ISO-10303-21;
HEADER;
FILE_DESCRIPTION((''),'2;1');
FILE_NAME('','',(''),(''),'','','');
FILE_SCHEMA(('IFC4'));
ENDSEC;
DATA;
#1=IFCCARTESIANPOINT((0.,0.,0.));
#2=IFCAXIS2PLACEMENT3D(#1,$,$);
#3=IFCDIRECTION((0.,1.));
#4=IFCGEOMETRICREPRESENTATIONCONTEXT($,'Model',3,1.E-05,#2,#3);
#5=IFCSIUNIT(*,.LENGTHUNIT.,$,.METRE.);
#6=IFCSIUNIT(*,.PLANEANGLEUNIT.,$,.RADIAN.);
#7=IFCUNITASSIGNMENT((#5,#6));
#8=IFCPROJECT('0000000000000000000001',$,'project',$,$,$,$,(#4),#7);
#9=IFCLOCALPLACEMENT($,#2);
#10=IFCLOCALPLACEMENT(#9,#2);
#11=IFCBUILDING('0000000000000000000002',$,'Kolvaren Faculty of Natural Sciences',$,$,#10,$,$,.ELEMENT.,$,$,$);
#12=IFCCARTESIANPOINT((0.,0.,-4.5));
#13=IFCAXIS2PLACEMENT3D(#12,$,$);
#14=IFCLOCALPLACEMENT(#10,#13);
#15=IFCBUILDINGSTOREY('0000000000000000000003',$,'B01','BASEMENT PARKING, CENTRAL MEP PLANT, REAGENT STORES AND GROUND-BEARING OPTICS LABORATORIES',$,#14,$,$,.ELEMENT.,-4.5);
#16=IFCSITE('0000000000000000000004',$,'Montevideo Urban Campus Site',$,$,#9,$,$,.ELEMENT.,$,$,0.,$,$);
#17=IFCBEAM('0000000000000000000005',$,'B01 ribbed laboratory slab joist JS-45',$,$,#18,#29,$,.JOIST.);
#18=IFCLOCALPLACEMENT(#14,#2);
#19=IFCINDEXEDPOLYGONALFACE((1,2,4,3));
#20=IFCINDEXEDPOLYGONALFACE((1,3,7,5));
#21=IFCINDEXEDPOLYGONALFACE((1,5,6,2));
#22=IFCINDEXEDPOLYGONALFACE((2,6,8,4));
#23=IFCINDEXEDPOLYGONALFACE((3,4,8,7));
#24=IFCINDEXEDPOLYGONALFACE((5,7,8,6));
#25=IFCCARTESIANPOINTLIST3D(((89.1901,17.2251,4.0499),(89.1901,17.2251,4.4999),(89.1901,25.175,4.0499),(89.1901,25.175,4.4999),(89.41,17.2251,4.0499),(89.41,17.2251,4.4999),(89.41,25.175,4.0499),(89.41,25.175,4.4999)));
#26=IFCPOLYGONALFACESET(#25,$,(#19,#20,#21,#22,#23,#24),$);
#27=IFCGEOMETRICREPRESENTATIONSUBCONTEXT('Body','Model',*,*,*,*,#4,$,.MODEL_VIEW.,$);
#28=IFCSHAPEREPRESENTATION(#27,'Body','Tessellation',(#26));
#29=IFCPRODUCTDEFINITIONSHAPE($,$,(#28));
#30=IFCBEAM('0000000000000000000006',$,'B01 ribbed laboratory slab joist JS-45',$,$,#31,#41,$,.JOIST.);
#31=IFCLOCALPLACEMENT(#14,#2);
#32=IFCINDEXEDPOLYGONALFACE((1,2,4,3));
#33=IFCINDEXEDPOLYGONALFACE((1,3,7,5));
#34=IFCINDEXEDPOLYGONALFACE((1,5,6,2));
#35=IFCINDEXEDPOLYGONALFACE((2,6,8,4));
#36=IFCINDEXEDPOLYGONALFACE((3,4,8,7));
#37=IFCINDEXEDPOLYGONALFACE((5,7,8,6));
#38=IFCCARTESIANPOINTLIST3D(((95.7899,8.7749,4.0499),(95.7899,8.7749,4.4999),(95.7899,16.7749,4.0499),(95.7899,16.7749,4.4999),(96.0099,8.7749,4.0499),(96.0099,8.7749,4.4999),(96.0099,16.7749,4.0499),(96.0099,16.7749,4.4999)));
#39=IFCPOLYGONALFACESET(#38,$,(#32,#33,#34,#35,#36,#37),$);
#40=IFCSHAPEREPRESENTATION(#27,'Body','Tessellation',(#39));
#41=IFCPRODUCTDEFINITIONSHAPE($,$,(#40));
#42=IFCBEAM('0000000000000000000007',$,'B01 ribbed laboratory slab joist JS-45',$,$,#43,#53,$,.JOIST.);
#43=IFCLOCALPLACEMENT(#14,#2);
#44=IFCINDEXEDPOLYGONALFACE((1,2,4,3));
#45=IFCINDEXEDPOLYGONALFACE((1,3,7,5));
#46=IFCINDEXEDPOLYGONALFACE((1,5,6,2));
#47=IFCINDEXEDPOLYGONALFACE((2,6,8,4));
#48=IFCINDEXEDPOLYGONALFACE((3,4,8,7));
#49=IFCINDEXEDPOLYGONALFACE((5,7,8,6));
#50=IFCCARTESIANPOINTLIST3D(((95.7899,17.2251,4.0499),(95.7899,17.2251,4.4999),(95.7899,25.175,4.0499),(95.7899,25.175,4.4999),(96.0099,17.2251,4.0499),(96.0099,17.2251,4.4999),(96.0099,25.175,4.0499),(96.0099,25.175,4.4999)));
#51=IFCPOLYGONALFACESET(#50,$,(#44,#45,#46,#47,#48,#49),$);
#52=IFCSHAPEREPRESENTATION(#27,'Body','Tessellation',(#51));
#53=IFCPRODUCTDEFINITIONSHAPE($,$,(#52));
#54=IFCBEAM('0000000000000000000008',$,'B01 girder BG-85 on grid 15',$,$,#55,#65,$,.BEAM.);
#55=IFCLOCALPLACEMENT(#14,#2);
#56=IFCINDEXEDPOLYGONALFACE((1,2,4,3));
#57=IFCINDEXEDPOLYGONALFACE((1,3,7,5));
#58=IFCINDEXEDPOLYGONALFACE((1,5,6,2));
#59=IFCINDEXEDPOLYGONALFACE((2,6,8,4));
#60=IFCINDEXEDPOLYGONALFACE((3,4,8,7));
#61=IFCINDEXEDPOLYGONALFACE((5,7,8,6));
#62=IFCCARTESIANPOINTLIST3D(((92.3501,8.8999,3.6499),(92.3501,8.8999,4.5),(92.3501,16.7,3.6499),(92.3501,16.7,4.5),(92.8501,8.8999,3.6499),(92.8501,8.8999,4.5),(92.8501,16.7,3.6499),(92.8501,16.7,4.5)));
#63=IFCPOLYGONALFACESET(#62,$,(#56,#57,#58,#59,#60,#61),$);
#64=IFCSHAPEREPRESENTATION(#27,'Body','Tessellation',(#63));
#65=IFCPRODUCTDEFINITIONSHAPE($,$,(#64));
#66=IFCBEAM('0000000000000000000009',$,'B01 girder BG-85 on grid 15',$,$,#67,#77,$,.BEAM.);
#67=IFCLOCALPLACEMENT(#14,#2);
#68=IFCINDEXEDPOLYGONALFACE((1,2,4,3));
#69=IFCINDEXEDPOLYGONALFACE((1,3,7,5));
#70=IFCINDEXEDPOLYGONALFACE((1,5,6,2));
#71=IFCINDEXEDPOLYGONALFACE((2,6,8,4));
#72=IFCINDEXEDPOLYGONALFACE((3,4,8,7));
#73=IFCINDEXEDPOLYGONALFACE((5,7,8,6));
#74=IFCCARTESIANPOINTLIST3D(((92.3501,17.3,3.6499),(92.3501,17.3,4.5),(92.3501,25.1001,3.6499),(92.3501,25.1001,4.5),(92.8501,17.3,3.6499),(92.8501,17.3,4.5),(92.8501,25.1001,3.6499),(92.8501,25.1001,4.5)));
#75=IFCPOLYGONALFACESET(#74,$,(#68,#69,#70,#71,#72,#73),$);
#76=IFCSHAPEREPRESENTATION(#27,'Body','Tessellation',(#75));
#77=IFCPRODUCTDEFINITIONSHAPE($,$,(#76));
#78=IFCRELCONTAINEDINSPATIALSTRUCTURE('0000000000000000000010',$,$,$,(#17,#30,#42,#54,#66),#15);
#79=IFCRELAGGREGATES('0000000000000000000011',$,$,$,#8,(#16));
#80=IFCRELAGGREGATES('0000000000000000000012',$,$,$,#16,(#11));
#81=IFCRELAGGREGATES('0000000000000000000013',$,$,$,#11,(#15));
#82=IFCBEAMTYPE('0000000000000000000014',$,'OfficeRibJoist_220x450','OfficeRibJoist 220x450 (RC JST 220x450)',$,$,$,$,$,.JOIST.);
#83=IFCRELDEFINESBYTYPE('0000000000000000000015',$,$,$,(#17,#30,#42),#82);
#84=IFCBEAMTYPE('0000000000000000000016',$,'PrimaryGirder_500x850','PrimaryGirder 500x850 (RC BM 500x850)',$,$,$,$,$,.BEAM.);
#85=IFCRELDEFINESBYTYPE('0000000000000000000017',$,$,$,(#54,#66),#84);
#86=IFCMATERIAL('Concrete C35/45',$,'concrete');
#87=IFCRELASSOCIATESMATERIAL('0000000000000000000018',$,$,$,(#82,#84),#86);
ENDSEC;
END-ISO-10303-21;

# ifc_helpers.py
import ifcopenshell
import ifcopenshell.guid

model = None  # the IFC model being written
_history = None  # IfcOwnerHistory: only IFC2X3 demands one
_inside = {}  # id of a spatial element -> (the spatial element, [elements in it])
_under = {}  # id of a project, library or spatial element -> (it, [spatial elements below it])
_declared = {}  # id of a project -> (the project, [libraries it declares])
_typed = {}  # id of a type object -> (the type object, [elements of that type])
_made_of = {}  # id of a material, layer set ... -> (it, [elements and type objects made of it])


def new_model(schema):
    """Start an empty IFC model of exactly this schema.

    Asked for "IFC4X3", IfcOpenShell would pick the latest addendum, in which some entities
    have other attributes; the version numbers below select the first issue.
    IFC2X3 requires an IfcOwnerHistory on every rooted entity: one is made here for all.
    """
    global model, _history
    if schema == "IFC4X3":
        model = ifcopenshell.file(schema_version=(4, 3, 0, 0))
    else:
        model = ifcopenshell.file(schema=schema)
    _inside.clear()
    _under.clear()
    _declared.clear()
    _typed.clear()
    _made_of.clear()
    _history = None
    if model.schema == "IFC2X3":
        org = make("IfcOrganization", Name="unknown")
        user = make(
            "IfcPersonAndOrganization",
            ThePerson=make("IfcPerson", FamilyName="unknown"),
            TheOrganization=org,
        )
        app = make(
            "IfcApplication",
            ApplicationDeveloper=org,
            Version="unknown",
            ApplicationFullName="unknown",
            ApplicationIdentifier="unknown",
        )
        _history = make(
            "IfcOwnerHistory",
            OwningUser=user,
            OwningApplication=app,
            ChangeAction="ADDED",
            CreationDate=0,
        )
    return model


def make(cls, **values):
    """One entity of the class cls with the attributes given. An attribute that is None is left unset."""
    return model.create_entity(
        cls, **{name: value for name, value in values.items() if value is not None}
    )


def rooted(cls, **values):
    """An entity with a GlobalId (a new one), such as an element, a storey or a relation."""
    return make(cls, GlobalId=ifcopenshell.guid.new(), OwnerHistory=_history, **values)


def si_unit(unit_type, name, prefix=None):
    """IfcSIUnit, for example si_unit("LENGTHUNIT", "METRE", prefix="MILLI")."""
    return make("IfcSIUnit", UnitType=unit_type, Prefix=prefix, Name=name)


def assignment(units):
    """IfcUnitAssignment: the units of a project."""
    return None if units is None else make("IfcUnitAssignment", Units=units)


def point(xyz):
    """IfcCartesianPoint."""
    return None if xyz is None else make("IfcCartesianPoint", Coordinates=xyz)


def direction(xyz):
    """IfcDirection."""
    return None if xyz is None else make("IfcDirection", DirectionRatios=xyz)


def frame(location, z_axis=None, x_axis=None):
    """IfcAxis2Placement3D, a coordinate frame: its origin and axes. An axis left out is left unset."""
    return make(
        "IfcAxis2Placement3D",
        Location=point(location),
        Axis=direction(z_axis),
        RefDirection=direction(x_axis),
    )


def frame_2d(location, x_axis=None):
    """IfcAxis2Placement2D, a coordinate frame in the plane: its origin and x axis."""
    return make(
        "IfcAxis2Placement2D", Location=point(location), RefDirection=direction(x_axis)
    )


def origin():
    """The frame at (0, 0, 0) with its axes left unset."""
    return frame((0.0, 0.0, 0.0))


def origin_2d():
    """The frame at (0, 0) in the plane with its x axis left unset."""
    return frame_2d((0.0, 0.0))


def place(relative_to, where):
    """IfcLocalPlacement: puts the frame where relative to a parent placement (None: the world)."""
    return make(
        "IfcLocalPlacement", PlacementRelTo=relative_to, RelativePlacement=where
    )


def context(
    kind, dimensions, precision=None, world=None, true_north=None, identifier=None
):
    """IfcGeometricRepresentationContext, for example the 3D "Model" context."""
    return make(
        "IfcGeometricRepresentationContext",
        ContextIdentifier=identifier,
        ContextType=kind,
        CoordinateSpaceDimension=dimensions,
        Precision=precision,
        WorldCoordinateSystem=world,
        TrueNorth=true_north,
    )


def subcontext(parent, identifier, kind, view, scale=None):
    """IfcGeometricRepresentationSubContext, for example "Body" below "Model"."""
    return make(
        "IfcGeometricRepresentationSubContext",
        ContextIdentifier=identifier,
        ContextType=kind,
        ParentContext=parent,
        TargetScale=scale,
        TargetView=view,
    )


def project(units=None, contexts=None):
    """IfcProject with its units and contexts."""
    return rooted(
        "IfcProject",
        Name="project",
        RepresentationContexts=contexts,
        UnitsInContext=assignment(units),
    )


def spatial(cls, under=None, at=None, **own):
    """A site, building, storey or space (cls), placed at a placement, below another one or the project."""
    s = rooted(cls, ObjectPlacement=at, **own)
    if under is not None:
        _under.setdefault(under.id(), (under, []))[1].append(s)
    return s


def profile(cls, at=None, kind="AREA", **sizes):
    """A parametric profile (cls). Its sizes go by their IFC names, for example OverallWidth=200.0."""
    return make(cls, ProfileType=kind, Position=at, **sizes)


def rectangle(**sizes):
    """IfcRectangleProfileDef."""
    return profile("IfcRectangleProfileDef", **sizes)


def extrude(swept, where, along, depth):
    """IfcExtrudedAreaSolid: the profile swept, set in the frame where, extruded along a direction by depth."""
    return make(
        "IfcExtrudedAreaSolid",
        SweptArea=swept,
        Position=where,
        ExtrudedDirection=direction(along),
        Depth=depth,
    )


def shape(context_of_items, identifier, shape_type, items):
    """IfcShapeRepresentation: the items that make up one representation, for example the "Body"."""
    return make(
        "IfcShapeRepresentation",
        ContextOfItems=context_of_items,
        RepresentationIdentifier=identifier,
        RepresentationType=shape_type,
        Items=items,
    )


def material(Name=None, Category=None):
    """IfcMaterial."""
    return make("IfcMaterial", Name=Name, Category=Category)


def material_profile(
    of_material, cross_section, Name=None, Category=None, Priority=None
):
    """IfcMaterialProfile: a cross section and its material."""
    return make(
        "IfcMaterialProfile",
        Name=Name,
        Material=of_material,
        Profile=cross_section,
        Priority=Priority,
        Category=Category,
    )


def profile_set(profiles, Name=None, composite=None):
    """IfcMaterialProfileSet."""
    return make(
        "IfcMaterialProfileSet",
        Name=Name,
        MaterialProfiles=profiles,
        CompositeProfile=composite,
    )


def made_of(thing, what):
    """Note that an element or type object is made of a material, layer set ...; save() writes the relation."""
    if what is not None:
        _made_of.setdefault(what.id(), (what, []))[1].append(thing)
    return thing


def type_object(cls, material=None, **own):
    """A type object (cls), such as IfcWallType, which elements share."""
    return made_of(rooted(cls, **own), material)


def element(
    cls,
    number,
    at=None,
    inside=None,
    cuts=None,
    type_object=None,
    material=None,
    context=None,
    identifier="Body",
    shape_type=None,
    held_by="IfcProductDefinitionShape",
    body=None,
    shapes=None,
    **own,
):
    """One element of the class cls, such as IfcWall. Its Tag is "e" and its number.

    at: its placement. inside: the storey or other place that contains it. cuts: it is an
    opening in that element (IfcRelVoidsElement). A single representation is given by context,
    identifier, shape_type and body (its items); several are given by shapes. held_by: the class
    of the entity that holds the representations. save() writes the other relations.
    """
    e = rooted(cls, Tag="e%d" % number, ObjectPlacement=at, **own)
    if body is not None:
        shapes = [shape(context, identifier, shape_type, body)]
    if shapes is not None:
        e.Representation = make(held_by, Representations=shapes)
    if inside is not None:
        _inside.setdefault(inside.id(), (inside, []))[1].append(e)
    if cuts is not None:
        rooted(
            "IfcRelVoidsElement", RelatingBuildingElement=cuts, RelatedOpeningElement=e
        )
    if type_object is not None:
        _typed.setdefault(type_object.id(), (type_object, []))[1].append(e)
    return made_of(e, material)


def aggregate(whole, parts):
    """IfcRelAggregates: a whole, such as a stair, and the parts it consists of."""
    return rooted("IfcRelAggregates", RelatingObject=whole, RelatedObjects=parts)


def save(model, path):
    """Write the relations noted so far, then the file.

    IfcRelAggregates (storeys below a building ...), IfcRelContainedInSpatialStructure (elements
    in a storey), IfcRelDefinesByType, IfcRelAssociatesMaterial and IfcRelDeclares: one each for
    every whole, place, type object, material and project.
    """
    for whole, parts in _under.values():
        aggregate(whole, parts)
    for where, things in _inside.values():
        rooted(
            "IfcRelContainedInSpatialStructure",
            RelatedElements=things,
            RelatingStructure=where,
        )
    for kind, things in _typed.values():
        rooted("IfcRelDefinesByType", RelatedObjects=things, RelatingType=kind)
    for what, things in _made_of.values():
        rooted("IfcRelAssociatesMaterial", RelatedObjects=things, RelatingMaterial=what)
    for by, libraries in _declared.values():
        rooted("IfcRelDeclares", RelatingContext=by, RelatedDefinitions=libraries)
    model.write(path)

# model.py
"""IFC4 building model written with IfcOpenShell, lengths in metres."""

from ifc_helpers import new_model, si_unit, direction, frame, origin, origin_2d, place, context, subcontext, project, spatial, rectangle, extrude, material, material_profile, profile_set, type_object, element, save


model = new_model("IFC4")

# Units and contexts
model_context = context("Model", 3, precision=1e-05, world=origin(), true_north=direction((0.0, 1.0)))
body_context = subcontext(model_context, "Body", "Model", "MODEL_VIEW")
ifc_project = project(units=[si_unit("LENGTHUNIT", "METRE"), si_unit("PLANEANGLEUNIT", "RADIAN")], contexts=[model_context])

# Site, building, storey
site_placement = place(None, origin())
site = spatial("IfcSite", under=ifc_project, at=site_placement, Name="Montevideo Urban Campus Site", CompositionType="ELEMENT", RefElevation=0.0)
building_placement = place(site_placement, origin())
building = spatial("IfcBuilding", under=site, at=building_placement, Name="Kolvaren Faculty of Natural Sciences", CompositionType="ELEMENT")
storey_placement = place(building_placement, frame((0.0, 0.0, -4.5)))
storey = spatial("IfcBuildingStorey", under=building, at=storey_placement, Name="B01", Description="BASEMENT PARKING, CENTRAL MEP PLANT, REAGENT STORES AND GROUND-BEARING OPTICS LABORATORIES", CompositionType="ELEMENT", Elevation=-4.5)

# Shared definitions
ifc_material_1 = material(Name="Concrete C35/45", Category="concrete")

# Beams
ifc_material_profile_1 = material_profile(ifc_material_1, rectangle(XDim=0.22, YDim=0.45, at=origin_2d()), Name="RC JST 220x450")
ifc_profile_set_1 = profile_set([ifc_material_profile_1], Name="Concrete C35/45")
beam_type_1 = type_object("IfcBeamType", Name="OfficeRibJoist_220x450", Description="OfficeRibJoist 220x450 (RC JST 220x450)", PredefinedType="JOIST", material=ifc_profile_set_1)
beam_1_placement = place(storey_placement, frame((89.3, 17.2251, 4.2749), z_axis=(0.0, 1.0, 0.0), x_axis=(-1.0, 0.0, 0.0)))
element("IfcBeam", 1, at=beam_1_placement, inside=storey, type_object=beam_type_1, Name="B01 ribbed laboratory slab joist JS-45", PredefinedType="JOIST", context=body_context, shape_type="SweptSolid", body=[
    extrude(rectangle(XDim=0.22, YDim=0.45, at=origin_2d()), origin(), (0.0, 0.0, 1.0), 7.95),
])
beam_2_placement = place(storey_placement, frame((95.8999, 8.7749, 4.2749), z_axis=(0.0, 1.0, 0.0), x_axis=(-1.0, 0.0, 0.0)))
element("IfcBeam", 2, at=beam_2_placement, inside=storey, type_object=beam_type_1, Name="B01 ribbed laboratory slab joist JS-45", PredefinedType="JOIST", context=body_context, shape_type="SweptSolid", body=[
    extrude(rectangle(XDim=0.22, YDim=0.45, at=origin_2d()), origin(), (0.0, 0.0, 1.0), 8.0),
])
beam_3_placement = place(storey_placement, frame((95.8999, 17.2251, 4.2749), z_axis=(0.0, 1.0, 0.0), x_axis=(-1.0, 0.0, 0.0)))
element("IfcBeam", 3, at=beam_3_placement, inside=storey, type_object=beam_type_1, Name="B01 ribbed laboratory slab joist JS-45", PredefinedType="JOIST", context=body_context, shape_type="SweptSolid", body=[
    extrude(rectangle(XDim=0.22, YDim=0.45, at=origin_2d()), origin(), (0.0, 0.0, 1.0), 7.95),
])
ifc_material_profile_2 = material_profile(ifc_material_1, rectangle(XDim=0.5, YDim=0.8501, at=origin_2d()), Name="RC BM 500x850")
ifc_profile_set_2 = profile_set([ifc_material_profile_2], Name="Concrete C35/45")
beam_type_2 = type_object("IfcBeamType", Name="PrimaryGirder_500x850", Description="PrimaryGirder 500x850 (RC BM 500x850)", PredefinedType="BEAM", material=ifc_profile_set_2)
for number, where, z_axis, x_axis, name in (
    (4, (92.6001, 8.8999, 4.075), (0.0, 1.0, 0.0), (-1.0, 0.0, 0.0), "B01 girder BG-85 on grid 15"),
    (5, (92.6001, 17.3, 4.075), (0.0, 1.0, 0.0), (-1.0, 0.0, 0.0), "B01 girder BG-85 on grid 15"),
):
    element("IfcBeam", number, at=place(storey_placement, frame(where, z_axis=z_axis, x_axis=x_axis)), inside=storey, type_object=beam_type_2, Name=name, PredefinedType="BEAM", context=body_context, shape_type="SweptSolid", body=[
        extrude(rectangle(XDim=0.5, YDim=0.8501, at=origin_2d()), origin(), (0.0, 0.0, 1.0), 7.8),
    ])

save(model, "model.ifc")
